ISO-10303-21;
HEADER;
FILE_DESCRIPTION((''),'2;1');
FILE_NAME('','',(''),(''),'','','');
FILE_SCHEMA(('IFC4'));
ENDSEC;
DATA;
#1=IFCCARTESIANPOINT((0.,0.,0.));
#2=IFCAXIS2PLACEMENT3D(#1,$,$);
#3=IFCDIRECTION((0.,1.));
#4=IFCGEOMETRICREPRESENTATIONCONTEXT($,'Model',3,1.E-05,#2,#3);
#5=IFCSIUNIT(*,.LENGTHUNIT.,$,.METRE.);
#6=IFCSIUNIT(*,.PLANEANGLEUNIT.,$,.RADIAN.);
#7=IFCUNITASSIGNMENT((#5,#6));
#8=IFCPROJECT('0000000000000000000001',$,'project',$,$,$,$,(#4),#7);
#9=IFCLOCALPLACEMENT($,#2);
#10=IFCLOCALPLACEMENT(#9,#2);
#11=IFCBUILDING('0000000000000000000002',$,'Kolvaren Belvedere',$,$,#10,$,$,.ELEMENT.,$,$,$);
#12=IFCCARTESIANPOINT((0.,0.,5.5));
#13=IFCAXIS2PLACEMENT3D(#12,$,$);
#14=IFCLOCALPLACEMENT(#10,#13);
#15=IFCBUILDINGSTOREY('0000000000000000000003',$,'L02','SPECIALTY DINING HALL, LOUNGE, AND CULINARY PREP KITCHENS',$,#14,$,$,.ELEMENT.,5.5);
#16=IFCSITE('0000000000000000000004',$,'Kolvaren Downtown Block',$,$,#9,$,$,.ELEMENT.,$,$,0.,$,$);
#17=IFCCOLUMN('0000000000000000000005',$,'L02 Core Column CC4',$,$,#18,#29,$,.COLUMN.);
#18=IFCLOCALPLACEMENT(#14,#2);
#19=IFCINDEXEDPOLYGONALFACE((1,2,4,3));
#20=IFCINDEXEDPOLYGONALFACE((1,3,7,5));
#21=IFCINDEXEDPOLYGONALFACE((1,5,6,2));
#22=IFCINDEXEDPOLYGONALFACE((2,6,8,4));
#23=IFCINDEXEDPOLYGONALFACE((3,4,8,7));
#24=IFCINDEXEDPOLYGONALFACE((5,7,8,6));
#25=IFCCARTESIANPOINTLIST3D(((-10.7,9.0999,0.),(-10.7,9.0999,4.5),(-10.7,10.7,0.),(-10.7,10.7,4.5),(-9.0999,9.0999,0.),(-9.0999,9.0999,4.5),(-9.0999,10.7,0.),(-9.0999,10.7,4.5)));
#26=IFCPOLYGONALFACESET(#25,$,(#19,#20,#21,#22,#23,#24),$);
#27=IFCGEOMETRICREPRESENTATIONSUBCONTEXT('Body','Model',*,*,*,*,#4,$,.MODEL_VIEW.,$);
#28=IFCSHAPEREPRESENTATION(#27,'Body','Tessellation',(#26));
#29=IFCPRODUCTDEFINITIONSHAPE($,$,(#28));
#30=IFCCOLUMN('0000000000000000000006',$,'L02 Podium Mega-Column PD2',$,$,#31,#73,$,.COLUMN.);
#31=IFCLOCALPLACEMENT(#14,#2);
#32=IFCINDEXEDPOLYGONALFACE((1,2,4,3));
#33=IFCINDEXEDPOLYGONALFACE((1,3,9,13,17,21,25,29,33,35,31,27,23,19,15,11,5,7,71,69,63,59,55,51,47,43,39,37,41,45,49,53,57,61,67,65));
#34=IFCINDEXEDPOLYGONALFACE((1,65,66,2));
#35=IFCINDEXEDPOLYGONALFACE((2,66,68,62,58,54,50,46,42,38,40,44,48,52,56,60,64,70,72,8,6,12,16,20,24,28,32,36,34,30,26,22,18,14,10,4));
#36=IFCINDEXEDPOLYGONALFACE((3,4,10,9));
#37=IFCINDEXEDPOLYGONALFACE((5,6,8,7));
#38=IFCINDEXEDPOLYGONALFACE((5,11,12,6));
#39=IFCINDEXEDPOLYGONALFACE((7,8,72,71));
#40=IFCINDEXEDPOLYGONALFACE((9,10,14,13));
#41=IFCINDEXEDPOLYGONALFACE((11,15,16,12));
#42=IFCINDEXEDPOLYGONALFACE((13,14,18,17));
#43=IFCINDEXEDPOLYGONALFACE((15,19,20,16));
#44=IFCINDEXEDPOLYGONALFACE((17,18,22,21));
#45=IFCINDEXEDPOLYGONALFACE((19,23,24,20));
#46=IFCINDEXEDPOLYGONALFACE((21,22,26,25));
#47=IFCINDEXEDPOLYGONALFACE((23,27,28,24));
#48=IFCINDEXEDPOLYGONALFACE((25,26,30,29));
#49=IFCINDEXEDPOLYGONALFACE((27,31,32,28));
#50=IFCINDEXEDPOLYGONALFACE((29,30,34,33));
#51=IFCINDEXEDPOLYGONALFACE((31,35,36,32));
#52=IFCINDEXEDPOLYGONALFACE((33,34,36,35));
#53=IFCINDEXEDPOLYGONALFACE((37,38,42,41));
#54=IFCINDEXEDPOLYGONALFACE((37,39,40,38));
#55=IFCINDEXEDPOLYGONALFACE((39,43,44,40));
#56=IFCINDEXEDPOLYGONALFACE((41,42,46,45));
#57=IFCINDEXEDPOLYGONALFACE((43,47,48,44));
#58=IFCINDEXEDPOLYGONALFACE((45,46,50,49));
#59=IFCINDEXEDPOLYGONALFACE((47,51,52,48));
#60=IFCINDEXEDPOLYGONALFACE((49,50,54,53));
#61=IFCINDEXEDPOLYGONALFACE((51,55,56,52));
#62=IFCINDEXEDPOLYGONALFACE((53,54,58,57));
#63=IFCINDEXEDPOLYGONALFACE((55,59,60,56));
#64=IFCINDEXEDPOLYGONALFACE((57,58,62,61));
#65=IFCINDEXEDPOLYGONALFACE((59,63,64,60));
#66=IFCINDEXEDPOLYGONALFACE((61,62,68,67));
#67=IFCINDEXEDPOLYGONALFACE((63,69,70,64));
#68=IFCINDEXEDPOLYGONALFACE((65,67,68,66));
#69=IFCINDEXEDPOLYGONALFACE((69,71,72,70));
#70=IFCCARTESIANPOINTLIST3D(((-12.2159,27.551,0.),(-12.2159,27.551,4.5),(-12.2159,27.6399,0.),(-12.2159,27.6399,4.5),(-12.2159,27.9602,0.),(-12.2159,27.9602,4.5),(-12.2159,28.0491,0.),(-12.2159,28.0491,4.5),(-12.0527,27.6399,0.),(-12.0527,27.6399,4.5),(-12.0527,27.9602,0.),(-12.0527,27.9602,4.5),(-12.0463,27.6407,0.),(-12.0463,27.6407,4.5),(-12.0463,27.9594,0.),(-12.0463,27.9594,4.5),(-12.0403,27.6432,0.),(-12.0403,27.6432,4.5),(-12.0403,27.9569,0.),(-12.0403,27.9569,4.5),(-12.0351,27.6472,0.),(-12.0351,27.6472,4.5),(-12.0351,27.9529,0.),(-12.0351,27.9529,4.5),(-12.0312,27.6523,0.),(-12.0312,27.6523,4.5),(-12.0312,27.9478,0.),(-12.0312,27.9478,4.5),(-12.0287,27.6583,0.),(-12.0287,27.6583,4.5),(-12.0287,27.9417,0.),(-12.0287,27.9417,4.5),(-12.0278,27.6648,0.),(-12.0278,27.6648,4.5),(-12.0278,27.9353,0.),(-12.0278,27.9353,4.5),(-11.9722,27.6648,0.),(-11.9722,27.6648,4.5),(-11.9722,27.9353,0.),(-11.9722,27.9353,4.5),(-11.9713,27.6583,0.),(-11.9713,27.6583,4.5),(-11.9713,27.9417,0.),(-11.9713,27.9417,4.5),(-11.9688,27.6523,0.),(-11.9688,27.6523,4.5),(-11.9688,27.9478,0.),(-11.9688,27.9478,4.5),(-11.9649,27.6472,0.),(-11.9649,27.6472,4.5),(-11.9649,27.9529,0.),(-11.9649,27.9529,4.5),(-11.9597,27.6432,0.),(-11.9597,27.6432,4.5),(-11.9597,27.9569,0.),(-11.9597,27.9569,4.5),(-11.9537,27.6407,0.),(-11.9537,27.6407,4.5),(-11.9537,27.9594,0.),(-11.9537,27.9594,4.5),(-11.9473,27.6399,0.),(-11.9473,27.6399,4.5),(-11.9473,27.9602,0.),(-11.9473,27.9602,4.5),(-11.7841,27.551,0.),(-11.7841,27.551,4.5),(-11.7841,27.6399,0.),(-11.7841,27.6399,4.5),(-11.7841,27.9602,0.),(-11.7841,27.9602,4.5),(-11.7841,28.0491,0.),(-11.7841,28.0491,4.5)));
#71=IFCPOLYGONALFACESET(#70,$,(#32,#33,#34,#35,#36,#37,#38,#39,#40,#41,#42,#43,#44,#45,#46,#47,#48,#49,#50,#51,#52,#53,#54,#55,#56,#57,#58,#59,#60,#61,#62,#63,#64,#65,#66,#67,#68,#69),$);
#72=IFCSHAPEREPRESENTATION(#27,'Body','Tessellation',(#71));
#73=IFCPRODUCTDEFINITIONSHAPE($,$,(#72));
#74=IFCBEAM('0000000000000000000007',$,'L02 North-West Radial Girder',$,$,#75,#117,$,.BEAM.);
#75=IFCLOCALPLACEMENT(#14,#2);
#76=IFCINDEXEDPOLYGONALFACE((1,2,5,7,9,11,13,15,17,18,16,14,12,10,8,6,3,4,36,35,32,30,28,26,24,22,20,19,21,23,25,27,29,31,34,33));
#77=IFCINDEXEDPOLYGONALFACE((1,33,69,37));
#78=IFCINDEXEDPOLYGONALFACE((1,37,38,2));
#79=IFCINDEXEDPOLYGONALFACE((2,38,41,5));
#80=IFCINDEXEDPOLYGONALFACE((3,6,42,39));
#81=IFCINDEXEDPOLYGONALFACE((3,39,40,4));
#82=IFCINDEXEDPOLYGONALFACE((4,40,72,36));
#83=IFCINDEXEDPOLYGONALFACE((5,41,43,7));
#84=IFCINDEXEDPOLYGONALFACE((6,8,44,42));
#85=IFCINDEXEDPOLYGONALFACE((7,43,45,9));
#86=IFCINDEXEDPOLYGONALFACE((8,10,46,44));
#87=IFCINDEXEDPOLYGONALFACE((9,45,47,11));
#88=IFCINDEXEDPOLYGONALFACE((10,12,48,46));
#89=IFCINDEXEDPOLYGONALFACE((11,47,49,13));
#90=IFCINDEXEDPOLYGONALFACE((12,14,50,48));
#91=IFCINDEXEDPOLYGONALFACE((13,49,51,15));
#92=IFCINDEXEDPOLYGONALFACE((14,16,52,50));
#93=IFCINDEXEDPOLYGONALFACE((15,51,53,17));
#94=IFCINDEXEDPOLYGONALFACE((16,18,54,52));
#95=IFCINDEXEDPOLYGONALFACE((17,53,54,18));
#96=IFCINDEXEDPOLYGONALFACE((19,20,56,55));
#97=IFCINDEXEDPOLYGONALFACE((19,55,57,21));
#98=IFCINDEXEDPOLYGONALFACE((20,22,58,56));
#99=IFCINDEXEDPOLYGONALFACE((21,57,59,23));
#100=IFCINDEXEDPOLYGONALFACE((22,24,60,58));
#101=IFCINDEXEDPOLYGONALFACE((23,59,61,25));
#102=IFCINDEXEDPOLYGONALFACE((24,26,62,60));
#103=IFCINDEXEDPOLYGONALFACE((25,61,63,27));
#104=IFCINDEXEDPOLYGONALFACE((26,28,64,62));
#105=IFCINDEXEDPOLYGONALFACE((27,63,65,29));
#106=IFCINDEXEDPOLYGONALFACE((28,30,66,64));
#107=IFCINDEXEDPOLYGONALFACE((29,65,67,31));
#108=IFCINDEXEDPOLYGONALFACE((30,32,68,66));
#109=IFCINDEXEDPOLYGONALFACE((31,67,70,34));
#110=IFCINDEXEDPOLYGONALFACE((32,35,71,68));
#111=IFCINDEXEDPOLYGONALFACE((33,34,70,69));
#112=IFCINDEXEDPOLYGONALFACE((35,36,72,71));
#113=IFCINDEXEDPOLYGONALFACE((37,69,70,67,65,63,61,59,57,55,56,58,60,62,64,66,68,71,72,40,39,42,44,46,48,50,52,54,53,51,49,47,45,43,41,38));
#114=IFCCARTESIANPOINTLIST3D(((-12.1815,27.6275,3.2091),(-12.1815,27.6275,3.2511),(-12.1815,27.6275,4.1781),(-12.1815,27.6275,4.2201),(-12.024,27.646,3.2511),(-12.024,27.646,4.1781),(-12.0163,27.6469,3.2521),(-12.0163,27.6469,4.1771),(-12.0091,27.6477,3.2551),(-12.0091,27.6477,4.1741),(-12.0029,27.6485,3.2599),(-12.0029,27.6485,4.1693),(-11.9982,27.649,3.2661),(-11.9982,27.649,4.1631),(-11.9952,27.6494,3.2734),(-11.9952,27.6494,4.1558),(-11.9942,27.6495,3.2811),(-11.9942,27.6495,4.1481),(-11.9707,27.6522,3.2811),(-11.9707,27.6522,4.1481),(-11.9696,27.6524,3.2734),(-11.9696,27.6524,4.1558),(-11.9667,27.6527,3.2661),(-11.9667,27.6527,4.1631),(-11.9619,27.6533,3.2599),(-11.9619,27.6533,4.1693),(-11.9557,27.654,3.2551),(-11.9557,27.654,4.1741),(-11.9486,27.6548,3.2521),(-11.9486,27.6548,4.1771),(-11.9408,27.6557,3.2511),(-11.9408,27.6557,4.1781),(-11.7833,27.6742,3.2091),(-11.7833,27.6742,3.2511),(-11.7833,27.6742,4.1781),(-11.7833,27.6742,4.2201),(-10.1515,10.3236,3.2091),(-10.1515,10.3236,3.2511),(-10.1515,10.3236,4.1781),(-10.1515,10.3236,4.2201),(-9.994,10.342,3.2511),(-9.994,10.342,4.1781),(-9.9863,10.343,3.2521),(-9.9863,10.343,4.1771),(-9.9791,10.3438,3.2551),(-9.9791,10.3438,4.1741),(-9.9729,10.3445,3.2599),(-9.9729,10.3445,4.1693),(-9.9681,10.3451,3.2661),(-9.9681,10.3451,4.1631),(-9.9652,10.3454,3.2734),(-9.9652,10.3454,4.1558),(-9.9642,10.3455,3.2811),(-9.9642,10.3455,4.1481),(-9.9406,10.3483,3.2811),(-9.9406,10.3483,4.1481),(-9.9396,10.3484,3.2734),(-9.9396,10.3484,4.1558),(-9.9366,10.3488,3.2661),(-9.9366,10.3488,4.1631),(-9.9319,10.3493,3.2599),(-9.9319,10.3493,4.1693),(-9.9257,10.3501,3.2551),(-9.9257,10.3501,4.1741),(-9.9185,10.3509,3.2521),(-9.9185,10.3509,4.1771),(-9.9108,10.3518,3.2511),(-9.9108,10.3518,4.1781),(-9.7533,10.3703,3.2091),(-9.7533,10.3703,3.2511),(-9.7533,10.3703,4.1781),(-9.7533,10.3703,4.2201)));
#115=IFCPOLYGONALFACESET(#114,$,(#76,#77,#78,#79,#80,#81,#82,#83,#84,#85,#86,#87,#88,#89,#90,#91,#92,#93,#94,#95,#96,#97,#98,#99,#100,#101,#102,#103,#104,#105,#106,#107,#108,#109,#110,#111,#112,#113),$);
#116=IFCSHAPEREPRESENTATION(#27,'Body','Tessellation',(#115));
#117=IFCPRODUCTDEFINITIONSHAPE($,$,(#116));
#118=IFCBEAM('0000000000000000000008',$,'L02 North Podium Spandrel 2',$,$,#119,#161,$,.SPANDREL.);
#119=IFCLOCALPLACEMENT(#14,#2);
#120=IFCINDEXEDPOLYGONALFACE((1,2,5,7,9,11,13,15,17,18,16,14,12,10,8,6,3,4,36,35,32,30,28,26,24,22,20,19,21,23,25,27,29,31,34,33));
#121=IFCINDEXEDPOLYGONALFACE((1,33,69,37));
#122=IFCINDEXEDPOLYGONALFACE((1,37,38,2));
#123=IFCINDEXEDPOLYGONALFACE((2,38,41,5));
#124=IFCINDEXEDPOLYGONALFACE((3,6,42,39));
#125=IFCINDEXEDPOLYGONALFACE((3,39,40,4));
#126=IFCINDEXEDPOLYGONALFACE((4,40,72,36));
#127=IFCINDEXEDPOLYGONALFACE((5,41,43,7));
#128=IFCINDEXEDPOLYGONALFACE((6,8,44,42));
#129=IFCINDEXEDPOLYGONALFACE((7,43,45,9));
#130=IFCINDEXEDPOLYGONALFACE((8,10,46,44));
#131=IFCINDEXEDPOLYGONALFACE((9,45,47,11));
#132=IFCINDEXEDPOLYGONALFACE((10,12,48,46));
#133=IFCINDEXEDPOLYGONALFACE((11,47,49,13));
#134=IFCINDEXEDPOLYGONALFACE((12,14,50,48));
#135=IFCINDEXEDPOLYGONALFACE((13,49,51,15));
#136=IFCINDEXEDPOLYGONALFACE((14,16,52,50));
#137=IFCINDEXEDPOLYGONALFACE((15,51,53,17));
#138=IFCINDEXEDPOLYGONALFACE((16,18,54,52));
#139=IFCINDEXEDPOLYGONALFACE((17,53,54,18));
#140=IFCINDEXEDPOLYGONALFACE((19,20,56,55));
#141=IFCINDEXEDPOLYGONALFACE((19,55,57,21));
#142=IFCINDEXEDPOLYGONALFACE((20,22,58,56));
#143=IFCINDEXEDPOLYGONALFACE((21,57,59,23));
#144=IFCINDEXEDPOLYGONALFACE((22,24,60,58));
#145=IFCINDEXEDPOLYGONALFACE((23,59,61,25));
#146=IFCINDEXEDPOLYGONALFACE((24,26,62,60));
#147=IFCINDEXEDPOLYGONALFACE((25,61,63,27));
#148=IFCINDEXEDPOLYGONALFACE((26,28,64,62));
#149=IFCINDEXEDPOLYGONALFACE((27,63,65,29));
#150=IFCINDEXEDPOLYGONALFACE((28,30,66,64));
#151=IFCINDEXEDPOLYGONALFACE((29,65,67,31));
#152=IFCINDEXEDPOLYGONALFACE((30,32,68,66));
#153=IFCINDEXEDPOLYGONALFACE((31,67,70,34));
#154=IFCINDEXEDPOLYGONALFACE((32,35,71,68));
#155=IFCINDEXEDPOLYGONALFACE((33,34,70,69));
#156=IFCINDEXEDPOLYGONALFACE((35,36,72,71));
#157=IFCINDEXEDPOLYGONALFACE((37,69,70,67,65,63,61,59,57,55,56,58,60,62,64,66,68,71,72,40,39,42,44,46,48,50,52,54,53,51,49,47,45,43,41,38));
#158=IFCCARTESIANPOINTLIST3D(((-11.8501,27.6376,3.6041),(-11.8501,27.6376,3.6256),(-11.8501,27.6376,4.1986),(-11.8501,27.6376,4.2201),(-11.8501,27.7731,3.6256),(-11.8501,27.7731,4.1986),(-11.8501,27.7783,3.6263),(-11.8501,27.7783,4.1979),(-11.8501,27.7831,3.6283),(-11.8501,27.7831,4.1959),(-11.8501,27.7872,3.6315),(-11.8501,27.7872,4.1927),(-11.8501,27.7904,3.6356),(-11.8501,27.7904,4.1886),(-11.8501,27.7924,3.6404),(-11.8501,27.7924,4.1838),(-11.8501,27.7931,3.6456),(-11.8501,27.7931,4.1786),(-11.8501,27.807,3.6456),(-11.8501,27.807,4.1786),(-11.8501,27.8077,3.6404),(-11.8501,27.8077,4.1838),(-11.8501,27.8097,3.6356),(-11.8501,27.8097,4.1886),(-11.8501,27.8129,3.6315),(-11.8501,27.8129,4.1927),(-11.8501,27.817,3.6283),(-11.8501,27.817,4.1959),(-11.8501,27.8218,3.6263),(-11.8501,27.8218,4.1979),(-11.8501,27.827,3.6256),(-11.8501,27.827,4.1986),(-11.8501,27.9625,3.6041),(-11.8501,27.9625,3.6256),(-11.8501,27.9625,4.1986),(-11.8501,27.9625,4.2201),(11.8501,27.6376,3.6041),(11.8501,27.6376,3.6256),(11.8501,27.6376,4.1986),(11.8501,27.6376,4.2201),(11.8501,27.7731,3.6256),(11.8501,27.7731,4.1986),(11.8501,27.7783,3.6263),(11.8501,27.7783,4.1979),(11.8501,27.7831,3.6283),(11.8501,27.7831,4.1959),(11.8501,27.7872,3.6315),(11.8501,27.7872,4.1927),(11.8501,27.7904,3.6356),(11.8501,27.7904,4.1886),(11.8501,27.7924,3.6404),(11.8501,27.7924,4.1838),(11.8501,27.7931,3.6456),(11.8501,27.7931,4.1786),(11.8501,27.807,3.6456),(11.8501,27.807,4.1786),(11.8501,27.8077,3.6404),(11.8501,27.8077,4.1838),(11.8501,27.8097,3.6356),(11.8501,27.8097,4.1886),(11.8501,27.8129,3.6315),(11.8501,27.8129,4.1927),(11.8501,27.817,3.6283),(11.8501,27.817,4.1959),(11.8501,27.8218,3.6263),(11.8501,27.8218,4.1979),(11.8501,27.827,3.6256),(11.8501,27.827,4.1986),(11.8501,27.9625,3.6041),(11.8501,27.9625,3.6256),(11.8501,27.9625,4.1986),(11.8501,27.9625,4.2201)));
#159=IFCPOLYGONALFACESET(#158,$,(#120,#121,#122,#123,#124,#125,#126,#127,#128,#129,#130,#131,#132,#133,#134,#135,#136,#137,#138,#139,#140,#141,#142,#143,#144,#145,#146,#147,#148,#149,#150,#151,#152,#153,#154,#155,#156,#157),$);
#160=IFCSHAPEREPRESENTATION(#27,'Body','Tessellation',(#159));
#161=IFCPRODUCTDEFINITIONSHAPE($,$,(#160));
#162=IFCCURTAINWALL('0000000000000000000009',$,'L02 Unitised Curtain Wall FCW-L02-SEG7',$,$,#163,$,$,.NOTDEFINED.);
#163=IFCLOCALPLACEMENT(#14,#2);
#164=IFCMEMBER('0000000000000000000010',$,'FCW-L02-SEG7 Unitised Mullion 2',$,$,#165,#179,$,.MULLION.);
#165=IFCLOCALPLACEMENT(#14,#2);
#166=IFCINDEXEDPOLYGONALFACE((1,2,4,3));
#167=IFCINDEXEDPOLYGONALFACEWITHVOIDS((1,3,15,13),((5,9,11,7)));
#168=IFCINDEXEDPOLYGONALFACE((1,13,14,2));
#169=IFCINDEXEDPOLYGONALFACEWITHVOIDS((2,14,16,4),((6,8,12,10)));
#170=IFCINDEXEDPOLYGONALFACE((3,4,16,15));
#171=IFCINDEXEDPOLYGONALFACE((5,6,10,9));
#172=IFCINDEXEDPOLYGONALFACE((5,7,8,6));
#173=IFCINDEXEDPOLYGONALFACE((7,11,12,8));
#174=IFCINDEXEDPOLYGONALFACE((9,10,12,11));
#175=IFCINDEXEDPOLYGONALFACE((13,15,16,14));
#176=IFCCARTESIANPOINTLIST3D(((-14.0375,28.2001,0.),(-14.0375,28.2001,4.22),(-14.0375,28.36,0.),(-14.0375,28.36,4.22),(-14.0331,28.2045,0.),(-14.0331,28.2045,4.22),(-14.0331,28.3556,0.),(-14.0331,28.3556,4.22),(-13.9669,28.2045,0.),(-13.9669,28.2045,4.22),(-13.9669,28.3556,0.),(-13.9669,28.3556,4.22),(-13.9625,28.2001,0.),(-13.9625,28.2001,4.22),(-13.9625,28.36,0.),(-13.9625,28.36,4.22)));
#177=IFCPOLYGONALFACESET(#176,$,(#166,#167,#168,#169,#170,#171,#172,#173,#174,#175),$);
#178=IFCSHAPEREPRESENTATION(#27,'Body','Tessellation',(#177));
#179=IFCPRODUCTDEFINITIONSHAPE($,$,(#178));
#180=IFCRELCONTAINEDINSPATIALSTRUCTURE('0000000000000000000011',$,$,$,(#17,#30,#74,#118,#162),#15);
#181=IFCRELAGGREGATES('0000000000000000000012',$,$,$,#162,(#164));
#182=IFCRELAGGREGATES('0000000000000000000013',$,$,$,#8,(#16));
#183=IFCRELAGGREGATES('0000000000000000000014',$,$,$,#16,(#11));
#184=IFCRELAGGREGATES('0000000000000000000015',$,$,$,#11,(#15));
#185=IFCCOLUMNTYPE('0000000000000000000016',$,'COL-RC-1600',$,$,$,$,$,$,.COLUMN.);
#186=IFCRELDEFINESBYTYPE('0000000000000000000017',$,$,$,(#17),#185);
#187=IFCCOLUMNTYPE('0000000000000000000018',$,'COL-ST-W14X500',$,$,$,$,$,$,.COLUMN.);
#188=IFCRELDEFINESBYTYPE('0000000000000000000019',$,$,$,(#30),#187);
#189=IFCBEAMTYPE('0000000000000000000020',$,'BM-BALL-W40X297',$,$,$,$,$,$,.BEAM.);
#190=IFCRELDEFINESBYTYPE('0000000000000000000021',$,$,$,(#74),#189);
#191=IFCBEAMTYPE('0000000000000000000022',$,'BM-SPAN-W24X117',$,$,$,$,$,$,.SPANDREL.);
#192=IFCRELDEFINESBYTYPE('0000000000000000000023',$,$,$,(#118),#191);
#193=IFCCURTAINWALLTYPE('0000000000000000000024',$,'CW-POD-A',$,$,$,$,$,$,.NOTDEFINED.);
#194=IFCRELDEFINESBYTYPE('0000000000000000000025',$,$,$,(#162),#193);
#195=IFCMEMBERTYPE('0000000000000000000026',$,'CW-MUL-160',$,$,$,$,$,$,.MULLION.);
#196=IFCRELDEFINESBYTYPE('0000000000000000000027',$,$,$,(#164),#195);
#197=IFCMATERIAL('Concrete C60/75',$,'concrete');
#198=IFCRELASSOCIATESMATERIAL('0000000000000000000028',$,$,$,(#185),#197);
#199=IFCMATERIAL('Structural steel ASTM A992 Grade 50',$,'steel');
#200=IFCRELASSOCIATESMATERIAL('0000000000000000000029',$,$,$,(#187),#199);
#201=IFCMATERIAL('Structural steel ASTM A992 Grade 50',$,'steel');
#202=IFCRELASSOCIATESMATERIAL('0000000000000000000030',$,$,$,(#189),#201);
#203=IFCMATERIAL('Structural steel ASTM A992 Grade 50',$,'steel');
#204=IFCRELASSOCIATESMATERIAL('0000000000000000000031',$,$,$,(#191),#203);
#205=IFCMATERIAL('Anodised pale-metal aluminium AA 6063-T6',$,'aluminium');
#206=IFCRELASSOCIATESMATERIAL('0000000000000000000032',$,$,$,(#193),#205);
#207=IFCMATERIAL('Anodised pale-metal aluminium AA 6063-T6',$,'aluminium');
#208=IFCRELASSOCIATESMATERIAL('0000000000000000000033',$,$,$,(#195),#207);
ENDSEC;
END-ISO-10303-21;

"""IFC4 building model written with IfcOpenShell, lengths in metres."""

from ifc_helpers import new_model, si_unit, direction, frame, origin, origin_2d, place, context, subcontext, project, spatial, rectangle, hollow_rectangle, i_section, extrude, material, material_profile, profile_set, type_object, element, aggregate, save


model = new_model("IFC4")

# Units and contexts
model_context = context("Model", 3, precision=1e-05, world=origin(), true_north=direction((0.0, 1.0)))
body_context = subcontext(model_context, "Body", "Model", "MODEL_VIEW")
ifc_project = project(units=[si_unit("LENGTHUNIT", "METRE"), si_unit("PLANEANGLEUNIT", "RADIAN")], contexts=[model_context])

# Site, building, storey
site_placement = place(None, origin())
site = spatial("IfcSite", under=ifc_project, at=site_placement, Name="Kolvaren Downtown Block", CompositionType="ELEMENT", RefElevation=0.0)
building_placement = place(site_placement, origin())
building = spatial("IfcBuilding", under=site, at=building_placement, Name="Kolvaren Belvedere", CompositionType="ELEMENT")
storey_placement = place(building_placement, frame((0.0, 0.0, 5.5)))
storey = spatial("IfcBuildingStorey", under=building, at=storey_placement, Name="L02", Description="SPECIALTY DINING HALL, LOUNGE, AND CULINARY PREP KITCHENS", CompositionType="ELEMENT", Elevation=5.5)

# Columns
ifc_material_1 = material(Name="Concrete C60/75", Category="concrete")
ifc_material_profile_1 = material_profile(ifc_material_1, rectangle(XDim=1.6001, YDim=1.6001, at=origin_2d()), Name="RC 1600X1600")
ifc_profile_set_1 = profile_set([ifc_material_profile_1], Name="Concrete C60/75")
column_type_1 = type_object("IfcColumnType", Name="COL-RC-1600", PredefinedType="COLUMN", material=ifc_profile_set_1)
column_1_placement = place(storey_placement, frame((-9.8999, 9.8999, 0.0), z_axis=(0.0, 0.0, 1.0), x_axis=(1.0, 0.0, 0.0)))
element("IfcColumn", 1, at=column_1_placement, inside=storey, type_object=column_type_1, Name="L02 Core Column CC4", PredefinedType="COLUMN", context=body_context, shape_type="SweptSolid", body=[
    extrude(rectangle(XDim=1.6001, YDim=1.6001, at=origin_2d()), origin(), (0.0, 0.0, 1.0), 4.5),
])
ifc_material_2 = material(Name="Structural steel ASTM A992 Grade 50", Category="steel")
ifc_material_profile_2 = material_profile(ifc_material_2, i_section(OverallWidth=0.4319, OverallDepth=0.498, WebThickness=0.0557, FlangeThickness=0.0889, FilletRadius=0.0249, at=origin_2d()), Name="W14X500")
ifc_profile_set_2 = profile_set([ifc_material_profile_2], Name="Structural steel ASTM A992 Grade 50")
column_type_2 = type_object("IfcColumnType", Name="COL-ST-W14X500", PredefinedType="COLUMN", material=ifc_profile_set_2)
column_2_placement = place(storey_placement, frame((-12.0, 27.8, 0.0), z_axis=(0.0, 0.0, 1.0), x_axis=(1.0, 0.0, 0.0)))
element("IfcColumn", 2, at=column_2_placement, inside=storey, type_object=column_type_2, Name="L02 Podium Mega-Column PD2", PredefinedType="COLUMN", context=body_context, shape_type="SweptSolid", body=[
    extrude(i_section(OverallWidth=0.4319, OverallDepth=0.498, WebThickness=0.0557, FlangeThickness=0.0889, FilletRadius=0.0249, at=origin_2d()), origin(), (0.0, 0.0, 1.0), 4.5),
])

# Beams
ifc_material_3 = material(Name="Structural steel ASTM A992 Grade 50", Category="steel")
ifc_material_profile_3 = material_profile(ifc_material_3, i_section(OverallWidth=0.4009, OverallDepth=1.011, WebThickness=0.0237, FlangeThickness=0.042, FilletRadius=0.03, at=origin_2d()), Name="W40X297")
ifc_profile_set_3 = profile_set([ifc_material_profile_3], Name="Structural steel ASTM A992 Grade 50")
beam_type_1 = type_object("IfcBeamType", Name="BM-BALL-W40X297", PredefinedType="BEAM", material=ifc_profile_set_3)
beam_1_placement = place(storey_placement, frame((-9.9524, 10.3469, 3.7146), z_axis=(-0.116517, 0.993189, 0.0), x_axis=(-0.993189, -0.116517, 0.0)))
element("IfcBeam", 3, at=beam_1_placement, inside=storey, type_object=beam_type_1, Name="L02 North-West Radial Girder", PredefinedType="BEAM", context=body_context, shape_type="SweptSolid", body=[
    extrude(i_section(OverallWidth=0.4009, OverallDepth=1.011, WebThickness=0.0237, FlangeThickness=0.042, FilletRadius=0.03, at=origin_2d()), origin(), (0.0, 0.0, 1.0), 17.4226),
])
ifc_material_4 = material(Name="Structural steel ASTM A992 Grade 50", Category="steel")
ifc_material_profile_4 = material_profile(ifc_material_4, i_section(OverallWidth=0.325, OverallDepth=0.616, WebThickness=0.0139, FlangeThickness=0.0215, FilletRadius=0.02, at=origin_2d()), Name="W24X117")
ifc_profile_set_4 = profile_set([ifc_material_profile_4], Name="Structural steel ASTM A992 Grade 50")
beam_type_2 = type_object("IfcBeamType", Name="BM-SPAN-W24X117", PredefinedType="SPANDREL", material=ifc_profile_set_4)
beam_2_placement = place(storey_placement, frame((-11.8501, 27.8, 3.9121), z_axis=(1.0, 0.0, 0.0), x_axis=(0.0, 1.0, 0.0)))
element("IfcBeam", 4, at=beam_2_placement, inside=storey, type_object=beam_type_2, Name="L02 North Podium Spandrel 2", PredefinedType="SPANDREL", context=body_context, shape_type="SweptSolid", body=[
    extrude(i_section(OverallWidth=0.325, OverallDepth=0.616, WebThickness=0.0139, FlangeThickness=0.0215, FilletRadius=0.02, at=origin_2d()), origin(), (0.0, 0.0, 1.0), 23.7002),
])

# Curtain wall, member
ifc_material_5 = material(Name="Anodised pale-metal aluminium AA 6063-T6", Category="aluminium")
curtain_wall_type = type_object("IfcCurtainWallType", Name="CW-POD-A", PredefinedType="NOTDEFINED", material=ifc_material_5)
curtain_wall_placement = place(storey_placement, origin())
curtain_wall = element("IfcCurtainWall", 5, at=curtain_wall_placement, inside=storey, type_object=curtain_wall_type, Name="L02 Unitised Curtain Wall FCW-L02-SEG7", PredefinedType="NOTDEFINED")
ifc_material_6 = material(Name="Anodised pale-metal aluminium AA 6063-T6", Category="aluminium")
ifc_material_profile_5 = material_profile(ifc_material_6, hollow_rectangle(XDim=0.075, YDim=0.1599, WallThickness=0.0044, at=origin_2d()), Name="ALU-MUL-160X75")
ifc_profile_set_5 = profile_set([ifc_material_profile_5], Name="Anodised pale-metal aluminium AA 6063-T6")
member_type = type_object("IfcMemberType", Name="CW-MUL-160", PredefinedType="MULLION", material=ifc_profile_set_5)
member_placement = place(storey_placement, frame((-14.0, 28.28, 0.0), z_axis=(0.0, 0.0, 1.0), x_axis=(1.0, 0.0, 0.0)))
member = element("IfcMember", 6, at=member_placement, type_object=member_type, Name="FCW-L02-SEG7 Unitised Mullion 2", PredefinedType="MULLION", context=body_context, shape_type="SweptSolid", body=[
    extrude(hollow_rectangle(XDim=0.075, YDim=0.1599, WallThickness=0.0044, at=origin_2d()), origin(), (0.0, 0.0, 1.0), 4.22),
])
aggregate(curtain_wall, [member])

save(model, "model.ifc")
